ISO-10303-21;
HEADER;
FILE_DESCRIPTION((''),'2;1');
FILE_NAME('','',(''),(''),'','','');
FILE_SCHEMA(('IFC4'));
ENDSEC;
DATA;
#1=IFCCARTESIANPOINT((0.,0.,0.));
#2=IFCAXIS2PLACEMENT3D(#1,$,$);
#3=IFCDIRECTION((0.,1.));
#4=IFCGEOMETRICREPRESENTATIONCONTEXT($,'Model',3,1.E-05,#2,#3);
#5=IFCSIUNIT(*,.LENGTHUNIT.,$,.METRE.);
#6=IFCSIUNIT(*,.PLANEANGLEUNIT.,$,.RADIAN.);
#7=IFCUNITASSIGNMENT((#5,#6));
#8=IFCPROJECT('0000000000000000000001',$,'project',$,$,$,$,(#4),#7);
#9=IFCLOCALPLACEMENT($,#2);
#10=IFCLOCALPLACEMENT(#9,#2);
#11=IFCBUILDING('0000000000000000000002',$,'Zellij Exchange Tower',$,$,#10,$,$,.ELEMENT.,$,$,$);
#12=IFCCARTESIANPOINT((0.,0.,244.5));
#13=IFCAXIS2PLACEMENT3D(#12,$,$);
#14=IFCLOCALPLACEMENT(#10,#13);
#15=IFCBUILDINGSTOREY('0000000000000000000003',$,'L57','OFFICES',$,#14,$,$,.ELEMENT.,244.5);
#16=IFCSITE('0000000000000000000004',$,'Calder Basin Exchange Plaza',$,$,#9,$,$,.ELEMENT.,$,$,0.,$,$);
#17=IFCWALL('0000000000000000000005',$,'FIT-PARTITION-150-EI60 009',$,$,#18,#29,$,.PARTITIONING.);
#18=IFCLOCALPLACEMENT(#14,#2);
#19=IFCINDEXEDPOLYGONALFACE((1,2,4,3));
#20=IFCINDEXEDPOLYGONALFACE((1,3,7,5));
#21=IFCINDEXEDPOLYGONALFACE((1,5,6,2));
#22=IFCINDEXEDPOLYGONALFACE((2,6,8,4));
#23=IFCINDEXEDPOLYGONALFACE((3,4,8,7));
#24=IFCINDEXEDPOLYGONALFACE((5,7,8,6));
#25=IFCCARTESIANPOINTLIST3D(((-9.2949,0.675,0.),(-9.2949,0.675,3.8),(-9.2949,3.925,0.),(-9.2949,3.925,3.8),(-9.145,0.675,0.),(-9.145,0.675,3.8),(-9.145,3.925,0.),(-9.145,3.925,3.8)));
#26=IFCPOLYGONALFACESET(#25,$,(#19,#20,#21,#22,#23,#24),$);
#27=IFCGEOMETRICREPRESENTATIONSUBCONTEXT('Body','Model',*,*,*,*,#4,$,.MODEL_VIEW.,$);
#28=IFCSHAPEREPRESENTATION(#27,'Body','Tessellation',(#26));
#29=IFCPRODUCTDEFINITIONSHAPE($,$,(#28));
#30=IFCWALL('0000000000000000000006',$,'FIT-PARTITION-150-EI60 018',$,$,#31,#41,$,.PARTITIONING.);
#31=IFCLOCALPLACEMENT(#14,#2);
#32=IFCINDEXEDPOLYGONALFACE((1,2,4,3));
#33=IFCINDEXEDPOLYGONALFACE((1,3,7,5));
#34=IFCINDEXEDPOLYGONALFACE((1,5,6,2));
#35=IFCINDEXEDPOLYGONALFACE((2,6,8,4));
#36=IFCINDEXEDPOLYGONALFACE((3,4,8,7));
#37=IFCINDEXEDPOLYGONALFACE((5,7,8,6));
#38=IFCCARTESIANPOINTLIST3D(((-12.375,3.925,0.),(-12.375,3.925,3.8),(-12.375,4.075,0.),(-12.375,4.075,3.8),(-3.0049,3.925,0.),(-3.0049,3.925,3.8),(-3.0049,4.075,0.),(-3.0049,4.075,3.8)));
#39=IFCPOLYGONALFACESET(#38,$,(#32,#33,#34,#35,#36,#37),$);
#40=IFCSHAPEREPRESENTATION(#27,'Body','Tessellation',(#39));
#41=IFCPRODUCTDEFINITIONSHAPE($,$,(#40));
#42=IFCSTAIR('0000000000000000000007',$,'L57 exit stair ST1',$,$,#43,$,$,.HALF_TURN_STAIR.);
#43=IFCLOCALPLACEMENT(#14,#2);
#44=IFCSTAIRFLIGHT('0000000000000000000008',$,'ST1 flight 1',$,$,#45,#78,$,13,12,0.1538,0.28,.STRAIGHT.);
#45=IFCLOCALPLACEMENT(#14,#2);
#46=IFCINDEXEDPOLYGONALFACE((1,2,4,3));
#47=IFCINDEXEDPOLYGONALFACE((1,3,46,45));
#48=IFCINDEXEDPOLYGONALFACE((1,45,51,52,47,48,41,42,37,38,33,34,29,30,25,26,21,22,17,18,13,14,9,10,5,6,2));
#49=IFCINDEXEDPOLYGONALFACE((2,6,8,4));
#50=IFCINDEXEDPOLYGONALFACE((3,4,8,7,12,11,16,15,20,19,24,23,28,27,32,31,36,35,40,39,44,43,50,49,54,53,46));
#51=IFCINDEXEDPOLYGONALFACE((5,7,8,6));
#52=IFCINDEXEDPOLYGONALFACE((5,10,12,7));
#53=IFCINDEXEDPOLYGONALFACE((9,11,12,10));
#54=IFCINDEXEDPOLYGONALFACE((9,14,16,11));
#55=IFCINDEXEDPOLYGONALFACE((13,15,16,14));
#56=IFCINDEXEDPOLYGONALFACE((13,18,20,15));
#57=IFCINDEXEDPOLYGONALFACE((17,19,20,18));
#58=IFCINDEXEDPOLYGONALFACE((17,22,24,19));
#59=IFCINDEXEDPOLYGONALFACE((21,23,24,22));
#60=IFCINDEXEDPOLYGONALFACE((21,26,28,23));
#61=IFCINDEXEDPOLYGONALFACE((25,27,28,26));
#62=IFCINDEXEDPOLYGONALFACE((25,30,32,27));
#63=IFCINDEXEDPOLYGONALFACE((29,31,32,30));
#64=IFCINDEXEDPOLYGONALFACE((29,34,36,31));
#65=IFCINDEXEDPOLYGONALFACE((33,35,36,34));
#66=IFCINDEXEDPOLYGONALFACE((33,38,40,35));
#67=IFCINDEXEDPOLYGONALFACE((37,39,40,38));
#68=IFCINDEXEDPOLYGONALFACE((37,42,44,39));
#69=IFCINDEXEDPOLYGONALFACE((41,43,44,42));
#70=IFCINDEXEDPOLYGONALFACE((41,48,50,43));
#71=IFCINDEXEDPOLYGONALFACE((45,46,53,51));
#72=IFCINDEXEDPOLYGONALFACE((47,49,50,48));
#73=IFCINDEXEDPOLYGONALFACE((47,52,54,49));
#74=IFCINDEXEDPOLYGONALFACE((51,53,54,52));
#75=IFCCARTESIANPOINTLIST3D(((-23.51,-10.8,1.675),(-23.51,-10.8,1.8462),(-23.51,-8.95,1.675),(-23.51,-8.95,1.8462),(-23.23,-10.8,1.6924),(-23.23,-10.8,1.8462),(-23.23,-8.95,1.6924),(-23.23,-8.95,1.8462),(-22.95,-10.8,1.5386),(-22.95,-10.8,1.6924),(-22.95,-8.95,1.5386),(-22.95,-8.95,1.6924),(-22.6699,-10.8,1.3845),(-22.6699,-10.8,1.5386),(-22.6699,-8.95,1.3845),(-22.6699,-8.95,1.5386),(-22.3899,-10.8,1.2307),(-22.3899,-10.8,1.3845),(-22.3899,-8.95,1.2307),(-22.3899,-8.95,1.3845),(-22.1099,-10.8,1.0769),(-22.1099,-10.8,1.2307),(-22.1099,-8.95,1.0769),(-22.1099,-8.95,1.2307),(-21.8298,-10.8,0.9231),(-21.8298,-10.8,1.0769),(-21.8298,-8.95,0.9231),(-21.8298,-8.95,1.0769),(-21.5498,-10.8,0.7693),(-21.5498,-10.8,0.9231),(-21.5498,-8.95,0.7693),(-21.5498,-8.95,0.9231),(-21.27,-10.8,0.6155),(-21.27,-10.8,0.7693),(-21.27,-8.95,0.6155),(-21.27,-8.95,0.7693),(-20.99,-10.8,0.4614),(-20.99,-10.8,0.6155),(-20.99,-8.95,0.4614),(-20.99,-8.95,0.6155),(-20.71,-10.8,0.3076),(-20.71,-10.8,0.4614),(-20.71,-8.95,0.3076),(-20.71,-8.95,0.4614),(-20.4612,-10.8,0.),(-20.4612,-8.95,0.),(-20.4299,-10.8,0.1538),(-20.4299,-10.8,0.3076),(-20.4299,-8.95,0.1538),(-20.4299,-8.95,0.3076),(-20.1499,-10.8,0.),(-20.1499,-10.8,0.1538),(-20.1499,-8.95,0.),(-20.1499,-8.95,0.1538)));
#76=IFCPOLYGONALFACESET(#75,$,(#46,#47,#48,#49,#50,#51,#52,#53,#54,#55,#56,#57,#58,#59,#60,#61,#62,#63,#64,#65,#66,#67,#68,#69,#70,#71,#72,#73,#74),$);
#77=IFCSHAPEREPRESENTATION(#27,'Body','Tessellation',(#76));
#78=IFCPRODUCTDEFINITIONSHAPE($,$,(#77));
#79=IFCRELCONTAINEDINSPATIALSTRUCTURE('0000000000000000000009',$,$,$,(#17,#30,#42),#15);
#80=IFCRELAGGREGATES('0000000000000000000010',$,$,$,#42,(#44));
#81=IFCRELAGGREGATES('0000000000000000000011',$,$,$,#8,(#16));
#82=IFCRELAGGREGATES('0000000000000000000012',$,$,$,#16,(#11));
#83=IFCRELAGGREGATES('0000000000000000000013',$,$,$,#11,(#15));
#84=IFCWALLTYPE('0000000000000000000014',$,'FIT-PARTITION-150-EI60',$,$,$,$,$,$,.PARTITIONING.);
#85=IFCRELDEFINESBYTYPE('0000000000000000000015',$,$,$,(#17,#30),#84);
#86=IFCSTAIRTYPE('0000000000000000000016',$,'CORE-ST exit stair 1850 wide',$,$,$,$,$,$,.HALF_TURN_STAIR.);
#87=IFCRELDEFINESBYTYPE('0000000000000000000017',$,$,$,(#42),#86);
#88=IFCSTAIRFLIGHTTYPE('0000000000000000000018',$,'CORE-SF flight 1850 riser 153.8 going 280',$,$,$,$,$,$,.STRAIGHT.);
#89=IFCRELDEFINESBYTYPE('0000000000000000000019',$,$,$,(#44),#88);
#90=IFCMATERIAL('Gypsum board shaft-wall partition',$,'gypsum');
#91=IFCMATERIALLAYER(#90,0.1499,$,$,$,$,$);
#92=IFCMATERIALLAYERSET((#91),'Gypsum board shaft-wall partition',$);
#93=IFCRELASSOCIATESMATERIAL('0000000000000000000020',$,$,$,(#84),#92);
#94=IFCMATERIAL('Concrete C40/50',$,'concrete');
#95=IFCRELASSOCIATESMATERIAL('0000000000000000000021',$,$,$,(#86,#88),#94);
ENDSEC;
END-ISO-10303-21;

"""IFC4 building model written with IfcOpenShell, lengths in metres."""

from ifc_helpers import new_model, si_unit, direction, frame, frame_2d, origin, place, context, subcontext, project, spatial, polyline, rectangle, outline, extrude, material, layer, layer_set, type_object, element, aggregate, save


model = new_model("IFC4")

# Units and contexts
model_context = context("Model", 3, precision=1e-05, world=origin(), true_north=direction((0.0, 1.0)))
body_context = subcontext(model_context, "Body", "Model", "MODEL_VIEW")
ifc_project = project(units=[si_unit("LENGTHUNIT", "METRE"), si_unit("PLANEANGLEUNIT", "RADIAN")], contexts=[model_context])

# Site, building, storey
site_placement = place(None, origin())
site = spatial("IfcSite", under=ifc_project, at=site_placement, Name="Calder Basin Exchange Plaza", CompositionType="ELEMENT", RefElevation=0.0)
building_placement = place(site_placement, origin())
building = spatial("IfcBuilding", under=site, at=building_placement, Name="Zellij Exchange Tower", CompositionType="ELEMENT")
storey_placement = place(building_placement, frame((0.0, 0.0, 244.5)))
storey = spatial("IfcBuildingStorey", under=building, at=storey_placement, Name="L57", Description="OFFICES", CompositionType="ELEMENT", Elevation=244.5)

# Shared definitions
ifc_material_1 = material(Name="Gypsum board shaft-wall partition", Category="gypsum")
ifc_layer_1 = layer(ifc_material_1, 0.1499)
ifc_layer_set_1 = layer_set([ifc_layer_1], Name="Gypsum board shaft-wall partition")
wall_type_1 = type_object("IfcWallType", Name="FIT-PARTITION-150-EI60", PredefinedType="PARTITIONING", material=ifc_layer_set_1)

# Walls
wall_1_placement = place(storey_placement, frame((-9.22, 0.675, 0.0), z_axis=(0.0, 0.0, 1.0), x_axis=(0.0, 1.0, 0.0)))
element("IfcWall", 1, at=wall_1_placement, inside=storey, type_object=wall_type_1, Name="FIT-PARTITION-150-EI60 009", PredefinedType="PARTITIONING", context=body_context, shape_type="SweptSolid", body=[
    extrude(rectangle(XDim=3.25, YDim=0.1499, at=frame_2d((1.625, 0.0))), origin(), (0.0, 0.0, 1.0), 3.8),
])
wall_2_placement = place(storey_placement, frame((-12.375, 4.0, 0.0), z_axis=(0.0, 0.0, 1.0), x_axis=(1.0, 0.0, 0.0)))
element("IfcWall", 2, at=wall_2_placement, inside=storey, type_object=wall_type_1, Name="FIT-PARTITION-150-EI60 018", PredefinedType="PARTITIONING", context=body_context, shape_type="SweptSolid", body=[
    extrude(rectangle(XDim=9.3701, YDim=0.1499, at=frame_2d((4.6851, 0.0))), origin(), (0.0, 0.0, 1.0), 3.8),
])

# Stair, stair flight
ifc_material_2 = material(Name="Concrete C40/50", Category="concrete")
stair_type = type_object("IfcStairType", Name="CORE-ST exit stair 1850 wide", PredefinedType="HALF_TURN_STAIR", material=ifc_material_2)
stair_placement = place(storey_placement, origin())
stair = element("IfcStair", 3, at=stair_placement, inside=storey, type_object=stair_type, Name="L57 exit stair ST1", PredefinedType="HALF_TURN_STAIR")
stair_flight_type = type_object("IfcStairFlightType", Name="CORE-SF flight 1850 riser 153.8 going 280", PredefinedType="STRAIGHT", material=ifc_material_2)
stair_flight_placement = place(storey_placement, frame((-20.1499, -9.875, 0.0), z_axis=(0.0, 0.0, 1.0), x_axis=(-1.0, 0.0, 0.0)))
stair_flight = element("IfcStairFlight", 4, at=stair_flight_placement, type_object=stair_flight_type, Name="ST1 flight 1", NumberOfRisers=13, NumberOfTreads=12, PredefinedType="STRAIGHT", RiserHeight=0.1538, TreadLength=0.28, context=body_context, shape_type="SweptSolid", body=[
    extrude(outline(polyline([(0.0, 0.0), (0.0, 0.1538), (0.28, 0.1538), (0.28, 0.3076), (0.5601, 0.3076), (0.5601, 0.4614), (0.8401, 0.4614), (0.8401, 0.6155), (1.1201, 0.6155), (1.1201, 0.7693), (1.3999, 0.7693), (1.3999, 0.9231), (1.6799, 0.9231), (1.6799, 1.0769), (1.96, 1.0769), (1.96, 1.2307), (2.24, 1.2307), (2.24, 1.3845), (2.52, 1.3845), (2.52, 1.5386), (2.8, 1.5386), (2.8, 1.6924), (3.0801, 1.6924), (3.0801, 1.8462), (3.3601, 1.8462), (3.3601, 2.0), (3.3601, 1.675), (0.3113, 0.0), (0.0, 0.0)])), frame((0.0, 0.925, 0.0), z_axis=(0.0, -1.0, 0.0), x_axis=(1.0, 0.0, 0.0)), (0.0, 0.0, 1.0), 1.8501),
])
aggregate(stair, [stair_flight])

save(model, "model.ifc")
